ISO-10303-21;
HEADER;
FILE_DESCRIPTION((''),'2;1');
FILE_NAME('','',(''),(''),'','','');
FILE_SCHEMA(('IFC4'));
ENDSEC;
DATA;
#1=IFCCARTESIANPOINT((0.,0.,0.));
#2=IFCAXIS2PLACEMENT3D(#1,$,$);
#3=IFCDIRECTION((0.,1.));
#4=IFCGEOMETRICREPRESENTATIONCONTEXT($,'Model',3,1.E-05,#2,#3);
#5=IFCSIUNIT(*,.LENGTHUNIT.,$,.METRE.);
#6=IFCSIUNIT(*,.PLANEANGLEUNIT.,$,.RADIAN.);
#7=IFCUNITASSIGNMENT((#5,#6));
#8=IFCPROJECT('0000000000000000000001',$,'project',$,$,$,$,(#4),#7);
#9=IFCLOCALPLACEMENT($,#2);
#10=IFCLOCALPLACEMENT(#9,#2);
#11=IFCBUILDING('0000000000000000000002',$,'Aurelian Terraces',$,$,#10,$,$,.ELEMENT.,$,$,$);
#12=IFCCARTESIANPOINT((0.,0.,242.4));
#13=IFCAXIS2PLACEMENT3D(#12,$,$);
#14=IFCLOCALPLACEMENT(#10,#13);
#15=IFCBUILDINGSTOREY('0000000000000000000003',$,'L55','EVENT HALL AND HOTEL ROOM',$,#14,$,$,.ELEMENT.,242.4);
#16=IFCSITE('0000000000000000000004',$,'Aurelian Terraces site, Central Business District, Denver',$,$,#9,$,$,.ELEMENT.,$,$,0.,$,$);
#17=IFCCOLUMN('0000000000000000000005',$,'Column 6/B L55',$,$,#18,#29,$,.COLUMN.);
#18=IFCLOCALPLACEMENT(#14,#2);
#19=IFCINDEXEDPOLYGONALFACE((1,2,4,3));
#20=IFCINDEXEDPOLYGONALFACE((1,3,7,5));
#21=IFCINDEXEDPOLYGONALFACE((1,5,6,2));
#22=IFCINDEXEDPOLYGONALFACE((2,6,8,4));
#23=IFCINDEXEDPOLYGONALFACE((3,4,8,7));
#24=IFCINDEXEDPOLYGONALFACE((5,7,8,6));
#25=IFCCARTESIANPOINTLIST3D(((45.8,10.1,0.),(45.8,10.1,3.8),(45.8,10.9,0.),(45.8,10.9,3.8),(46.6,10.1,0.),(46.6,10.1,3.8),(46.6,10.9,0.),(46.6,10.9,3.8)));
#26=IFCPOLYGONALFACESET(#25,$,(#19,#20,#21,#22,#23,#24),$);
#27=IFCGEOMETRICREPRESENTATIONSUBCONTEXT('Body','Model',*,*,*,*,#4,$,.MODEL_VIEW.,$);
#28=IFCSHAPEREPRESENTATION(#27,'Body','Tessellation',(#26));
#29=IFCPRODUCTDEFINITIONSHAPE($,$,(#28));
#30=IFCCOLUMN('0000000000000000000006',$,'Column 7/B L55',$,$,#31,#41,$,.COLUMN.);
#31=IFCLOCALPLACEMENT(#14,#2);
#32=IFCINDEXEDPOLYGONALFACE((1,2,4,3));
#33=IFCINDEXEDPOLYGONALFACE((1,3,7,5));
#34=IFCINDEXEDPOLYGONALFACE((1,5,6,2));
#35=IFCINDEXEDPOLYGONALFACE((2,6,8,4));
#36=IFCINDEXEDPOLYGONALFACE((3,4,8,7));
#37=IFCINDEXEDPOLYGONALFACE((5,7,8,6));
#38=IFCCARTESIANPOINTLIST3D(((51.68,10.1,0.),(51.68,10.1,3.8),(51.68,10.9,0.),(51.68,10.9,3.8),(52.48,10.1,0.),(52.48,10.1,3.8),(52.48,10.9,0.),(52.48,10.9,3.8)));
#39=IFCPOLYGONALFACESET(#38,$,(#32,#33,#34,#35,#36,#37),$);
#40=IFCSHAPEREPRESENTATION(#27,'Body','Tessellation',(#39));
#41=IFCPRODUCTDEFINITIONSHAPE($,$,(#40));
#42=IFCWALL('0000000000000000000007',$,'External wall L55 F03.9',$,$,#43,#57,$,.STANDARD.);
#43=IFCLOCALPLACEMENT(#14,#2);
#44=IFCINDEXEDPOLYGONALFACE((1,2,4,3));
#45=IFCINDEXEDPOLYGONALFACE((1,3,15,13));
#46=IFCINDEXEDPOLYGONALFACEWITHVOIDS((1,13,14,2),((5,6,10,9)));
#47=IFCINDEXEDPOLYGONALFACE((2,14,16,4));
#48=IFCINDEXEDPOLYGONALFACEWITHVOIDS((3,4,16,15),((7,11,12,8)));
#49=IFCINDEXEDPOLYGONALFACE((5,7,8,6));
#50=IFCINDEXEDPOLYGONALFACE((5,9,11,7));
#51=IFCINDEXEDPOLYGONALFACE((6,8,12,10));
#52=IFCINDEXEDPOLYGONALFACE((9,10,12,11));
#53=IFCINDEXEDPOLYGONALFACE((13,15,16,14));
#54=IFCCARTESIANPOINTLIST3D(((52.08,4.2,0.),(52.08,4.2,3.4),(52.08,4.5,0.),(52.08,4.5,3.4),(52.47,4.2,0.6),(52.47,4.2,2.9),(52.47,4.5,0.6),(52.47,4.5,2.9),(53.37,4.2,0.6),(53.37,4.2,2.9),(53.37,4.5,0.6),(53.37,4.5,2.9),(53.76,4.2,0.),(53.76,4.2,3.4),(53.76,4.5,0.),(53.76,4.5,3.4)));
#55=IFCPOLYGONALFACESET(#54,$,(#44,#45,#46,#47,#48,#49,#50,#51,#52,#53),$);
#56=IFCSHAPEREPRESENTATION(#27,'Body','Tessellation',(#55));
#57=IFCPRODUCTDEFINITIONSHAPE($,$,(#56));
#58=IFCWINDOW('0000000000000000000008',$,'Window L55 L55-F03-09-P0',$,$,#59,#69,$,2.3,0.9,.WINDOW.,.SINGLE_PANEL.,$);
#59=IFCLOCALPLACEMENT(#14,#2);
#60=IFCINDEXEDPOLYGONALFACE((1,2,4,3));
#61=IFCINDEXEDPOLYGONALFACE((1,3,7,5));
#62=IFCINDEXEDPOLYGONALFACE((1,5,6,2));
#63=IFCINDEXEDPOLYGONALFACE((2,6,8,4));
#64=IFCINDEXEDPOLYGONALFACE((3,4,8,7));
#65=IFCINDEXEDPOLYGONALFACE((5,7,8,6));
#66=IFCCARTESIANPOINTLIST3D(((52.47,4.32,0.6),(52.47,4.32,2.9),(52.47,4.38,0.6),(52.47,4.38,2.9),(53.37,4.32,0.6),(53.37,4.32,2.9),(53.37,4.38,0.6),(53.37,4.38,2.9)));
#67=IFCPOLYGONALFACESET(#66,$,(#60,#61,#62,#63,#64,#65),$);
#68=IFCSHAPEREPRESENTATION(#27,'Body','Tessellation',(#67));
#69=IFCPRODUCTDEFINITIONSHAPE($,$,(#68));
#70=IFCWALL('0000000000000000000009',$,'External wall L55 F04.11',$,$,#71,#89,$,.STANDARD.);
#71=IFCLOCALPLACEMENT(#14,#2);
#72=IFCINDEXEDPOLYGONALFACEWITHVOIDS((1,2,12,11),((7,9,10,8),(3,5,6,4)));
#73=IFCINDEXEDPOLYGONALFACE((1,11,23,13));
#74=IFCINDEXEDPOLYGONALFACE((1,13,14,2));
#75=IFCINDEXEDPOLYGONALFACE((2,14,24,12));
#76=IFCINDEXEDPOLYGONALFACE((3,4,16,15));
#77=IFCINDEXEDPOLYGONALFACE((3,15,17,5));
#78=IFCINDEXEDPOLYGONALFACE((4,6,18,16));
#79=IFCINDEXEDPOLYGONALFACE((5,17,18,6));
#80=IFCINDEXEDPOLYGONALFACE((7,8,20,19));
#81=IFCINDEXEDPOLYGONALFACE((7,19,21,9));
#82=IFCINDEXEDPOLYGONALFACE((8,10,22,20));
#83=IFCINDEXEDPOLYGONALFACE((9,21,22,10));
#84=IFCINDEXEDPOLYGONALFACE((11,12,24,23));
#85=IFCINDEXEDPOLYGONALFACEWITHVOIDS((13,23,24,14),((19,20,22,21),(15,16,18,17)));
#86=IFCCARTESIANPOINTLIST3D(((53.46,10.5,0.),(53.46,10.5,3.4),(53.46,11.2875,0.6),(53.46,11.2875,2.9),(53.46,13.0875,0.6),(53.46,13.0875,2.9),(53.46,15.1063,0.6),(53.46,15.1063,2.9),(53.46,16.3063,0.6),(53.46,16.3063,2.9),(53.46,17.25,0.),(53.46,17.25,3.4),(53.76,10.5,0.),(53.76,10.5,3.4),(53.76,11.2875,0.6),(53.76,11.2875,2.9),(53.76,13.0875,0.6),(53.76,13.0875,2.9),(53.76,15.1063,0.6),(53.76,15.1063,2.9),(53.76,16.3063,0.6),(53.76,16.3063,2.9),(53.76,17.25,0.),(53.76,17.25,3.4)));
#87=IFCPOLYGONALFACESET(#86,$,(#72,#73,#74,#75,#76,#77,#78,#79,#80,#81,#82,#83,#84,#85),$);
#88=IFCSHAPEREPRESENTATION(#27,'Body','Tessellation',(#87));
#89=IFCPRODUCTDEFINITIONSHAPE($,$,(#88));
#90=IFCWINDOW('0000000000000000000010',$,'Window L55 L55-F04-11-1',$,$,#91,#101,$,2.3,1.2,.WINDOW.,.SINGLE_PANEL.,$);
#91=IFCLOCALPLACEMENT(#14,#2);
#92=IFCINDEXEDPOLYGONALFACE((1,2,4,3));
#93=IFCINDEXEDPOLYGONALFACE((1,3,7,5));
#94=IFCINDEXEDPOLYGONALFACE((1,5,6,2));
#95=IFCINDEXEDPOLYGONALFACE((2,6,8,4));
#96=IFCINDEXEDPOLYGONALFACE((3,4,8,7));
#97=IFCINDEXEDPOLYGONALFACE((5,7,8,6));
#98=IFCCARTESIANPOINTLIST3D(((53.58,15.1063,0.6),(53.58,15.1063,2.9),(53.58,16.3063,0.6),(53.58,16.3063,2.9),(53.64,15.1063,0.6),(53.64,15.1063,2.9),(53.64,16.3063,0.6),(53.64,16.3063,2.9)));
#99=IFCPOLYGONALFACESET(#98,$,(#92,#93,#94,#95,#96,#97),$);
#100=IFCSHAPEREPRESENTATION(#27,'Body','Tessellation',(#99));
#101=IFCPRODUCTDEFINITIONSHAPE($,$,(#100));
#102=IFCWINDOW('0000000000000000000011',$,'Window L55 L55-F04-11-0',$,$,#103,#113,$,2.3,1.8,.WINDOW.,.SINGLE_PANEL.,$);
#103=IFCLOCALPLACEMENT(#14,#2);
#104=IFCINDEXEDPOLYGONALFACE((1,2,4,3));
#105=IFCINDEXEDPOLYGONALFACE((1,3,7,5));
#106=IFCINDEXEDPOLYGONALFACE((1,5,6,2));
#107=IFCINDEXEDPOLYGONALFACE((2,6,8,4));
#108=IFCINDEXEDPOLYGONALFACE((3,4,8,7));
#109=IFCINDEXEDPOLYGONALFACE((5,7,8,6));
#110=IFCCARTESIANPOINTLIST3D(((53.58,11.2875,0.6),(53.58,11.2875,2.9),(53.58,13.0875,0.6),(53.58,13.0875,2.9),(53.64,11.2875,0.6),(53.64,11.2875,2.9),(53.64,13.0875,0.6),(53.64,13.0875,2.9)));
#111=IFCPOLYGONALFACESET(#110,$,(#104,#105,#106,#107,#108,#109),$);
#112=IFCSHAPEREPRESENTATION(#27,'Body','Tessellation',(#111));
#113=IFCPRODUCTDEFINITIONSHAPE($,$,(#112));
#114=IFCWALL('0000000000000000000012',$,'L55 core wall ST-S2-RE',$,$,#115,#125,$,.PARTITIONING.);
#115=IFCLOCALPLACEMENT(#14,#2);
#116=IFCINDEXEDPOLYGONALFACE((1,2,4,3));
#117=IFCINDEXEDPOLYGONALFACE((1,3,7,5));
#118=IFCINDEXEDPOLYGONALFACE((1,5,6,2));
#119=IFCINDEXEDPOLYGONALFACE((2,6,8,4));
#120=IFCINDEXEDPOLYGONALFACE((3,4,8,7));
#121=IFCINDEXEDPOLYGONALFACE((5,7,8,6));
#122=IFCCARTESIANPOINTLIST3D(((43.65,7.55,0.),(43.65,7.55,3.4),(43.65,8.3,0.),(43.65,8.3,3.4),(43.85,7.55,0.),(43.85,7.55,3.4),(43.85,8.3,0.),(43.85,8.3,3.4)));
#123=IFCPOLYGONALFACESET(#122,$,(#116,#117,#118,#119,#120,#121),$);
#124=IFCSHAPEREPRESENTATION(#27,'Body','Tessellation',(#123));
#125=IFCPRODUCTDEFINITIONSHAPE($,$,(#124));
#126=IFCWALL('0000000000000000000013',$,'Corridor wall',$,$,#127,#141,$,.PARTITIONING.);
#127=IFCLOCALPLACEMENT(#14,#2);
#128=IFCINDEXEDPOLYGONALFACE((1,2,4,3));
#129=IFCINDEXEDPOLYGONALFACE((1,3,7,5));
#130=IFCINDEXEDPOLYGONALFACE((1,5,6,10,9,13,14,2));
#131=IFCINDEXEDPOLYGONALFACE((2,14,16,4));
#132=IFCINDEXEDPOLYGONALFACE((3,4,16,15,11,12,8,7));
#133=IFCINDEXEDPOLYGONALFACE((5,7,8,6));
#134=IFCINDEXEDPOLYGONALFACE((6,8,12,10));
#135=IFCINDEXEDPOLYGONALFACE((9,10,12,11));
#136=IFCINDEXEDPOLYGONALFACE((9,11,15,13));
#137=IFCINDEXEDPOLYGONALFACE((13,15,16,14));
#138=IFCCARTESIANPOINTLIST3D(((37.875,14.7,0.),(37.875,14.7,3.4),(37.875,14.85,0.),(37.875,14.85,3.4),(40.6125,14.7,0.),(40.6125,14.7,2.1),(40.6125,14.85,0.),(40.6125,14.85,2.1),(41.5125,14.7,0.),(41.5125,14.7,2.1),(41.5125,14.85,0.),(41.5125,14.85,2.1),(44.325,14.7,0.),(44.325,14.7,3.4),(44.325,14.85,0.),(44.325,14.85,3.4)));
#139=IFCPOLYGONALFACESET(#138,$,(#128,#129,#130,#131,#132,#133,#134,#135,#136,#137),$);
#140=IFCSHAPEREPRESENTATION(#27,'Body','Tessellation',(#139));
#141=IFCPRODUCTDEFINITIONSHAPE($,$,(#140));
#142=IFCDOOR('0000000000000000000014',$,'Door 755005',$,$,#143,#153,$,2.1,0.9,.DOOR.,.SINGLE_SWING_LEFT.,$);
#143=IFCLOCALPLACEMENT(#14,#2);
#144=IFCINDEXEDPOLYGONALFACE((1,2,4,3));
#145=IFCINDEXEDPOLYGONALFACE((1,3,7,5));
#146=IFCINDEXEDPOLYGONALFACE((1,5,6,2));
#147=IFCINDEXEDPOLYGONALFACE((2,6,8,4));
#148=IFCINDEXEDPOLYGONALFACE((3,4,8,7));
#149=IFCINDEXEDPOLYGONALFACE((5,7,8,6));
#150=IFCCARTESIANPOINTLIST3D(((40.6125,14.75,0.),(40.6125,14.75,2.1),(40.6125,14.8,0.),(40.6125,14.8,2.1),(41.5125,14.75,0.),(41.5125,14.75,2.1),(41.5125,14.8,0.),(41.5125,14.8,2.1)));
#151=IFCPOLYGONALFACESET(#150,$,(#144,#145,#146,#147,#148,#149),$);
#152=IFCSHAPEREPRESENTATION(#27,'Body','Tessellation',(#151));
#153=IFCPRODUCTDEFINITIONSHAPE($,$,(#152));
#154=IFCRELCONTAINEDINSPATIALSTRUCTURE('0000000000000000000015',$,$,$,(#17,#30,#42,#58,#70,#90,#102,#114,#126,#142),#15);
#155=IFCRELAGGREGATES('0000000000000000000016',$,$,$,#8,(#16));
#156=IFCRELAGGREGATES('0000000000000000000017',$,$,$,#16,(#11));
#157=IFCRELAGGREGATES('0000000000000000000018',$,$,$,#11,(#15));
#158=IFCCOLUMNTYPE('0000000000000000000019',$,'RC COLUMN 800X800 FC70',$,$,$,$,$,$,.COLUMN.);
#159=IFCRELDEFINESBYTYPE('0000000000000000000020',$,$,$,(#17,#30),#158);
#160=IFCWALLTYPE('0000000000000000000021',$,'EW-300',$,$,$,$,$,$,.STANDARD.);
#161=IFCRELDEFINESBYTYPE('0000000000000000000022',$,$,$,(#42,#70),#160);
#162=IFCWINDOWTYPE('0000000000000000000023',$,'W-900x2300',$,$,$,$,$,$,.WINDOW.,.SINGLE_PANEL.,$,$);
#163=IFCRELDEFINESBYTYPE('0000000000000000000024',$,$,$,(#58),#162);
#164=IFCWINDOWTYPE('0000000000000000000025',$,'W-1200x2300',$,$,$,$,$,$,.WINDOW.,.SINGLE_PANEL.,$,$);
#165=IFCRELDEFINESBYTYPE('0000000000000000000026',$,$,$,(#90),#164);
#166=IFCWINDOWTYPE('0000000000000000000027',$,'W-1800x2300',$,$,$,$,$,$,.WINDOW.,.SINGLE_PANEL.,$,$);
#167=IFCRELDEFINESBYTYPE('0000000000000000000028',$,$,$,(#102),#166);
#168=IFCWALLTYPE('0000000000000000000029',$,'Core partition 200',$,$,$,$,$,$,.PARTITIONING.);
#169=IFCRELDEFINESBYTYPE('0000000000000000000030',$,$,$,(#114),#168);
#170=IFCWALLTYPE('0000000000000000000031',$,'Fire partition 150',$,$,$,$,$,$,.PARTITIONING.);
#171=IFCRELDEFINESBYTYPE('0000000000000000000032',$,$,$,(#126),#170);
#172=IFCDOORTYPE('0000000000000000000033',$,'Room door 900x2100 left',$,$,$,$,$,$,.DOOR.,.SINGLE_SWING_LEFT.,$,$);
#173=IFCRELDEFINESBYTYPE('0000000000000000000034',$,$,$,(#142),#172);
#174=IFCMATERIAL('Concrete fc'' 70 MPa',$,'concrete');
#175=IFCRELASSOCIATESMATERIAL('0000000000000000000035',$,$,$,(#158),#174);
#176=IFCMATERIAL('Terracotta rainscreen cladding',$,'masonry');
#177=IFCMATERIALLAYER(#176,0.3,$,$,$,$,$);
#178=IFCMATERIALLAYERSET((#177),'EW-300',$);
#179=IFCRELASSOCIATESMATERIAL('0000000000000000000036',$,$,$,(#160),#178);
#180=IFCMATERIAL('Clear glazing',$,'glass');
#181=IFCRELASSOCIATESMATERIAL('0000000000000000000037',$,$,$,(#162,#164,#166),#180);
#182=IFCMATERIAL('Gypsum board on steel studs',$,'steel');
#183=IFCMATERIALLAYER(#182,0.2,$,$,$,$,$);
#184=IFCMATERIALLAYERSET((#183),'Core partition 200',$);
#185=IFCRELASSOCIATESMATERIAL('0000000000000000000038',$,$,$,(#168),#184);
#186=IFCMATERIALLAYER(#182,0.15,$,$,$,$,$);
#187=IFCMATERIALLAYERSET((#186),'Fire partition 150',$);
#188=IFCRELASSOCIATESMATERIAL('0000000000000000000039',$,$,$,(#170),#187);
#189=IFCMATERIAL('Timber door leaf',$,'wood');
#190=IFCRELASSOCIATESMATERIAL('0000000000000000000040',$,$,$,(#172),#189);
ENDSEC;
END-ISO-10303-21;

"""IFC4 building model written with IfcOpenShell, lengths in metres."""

from ifc_helpers import new_model, si_unit, direction, frame, frame_2d, origin, origin_2d, place, context, subcontext, project, spatial, rectangle, extrude, source, transform, mapped, material, layer, layer_set, material_profile, profile_set, type_object, element, fill, save


model = new_model("IFC4")

# Units and contexts
model_context = context("Model", 3, precision=1e-05, world=origin(), true_north=direction((0.0, 1.0)))
body_context = subcontext(model_context, "Body", "Model", "MODEL_VIEW")
ifc_project = project(units=[si_unit("LENGTHUNIT", "METRE"), si_unit("PLANEANGLEUNIT", "RADIAN")], contexts=[model_context])

# Site, building, storey
site_placement = place(None, origin())
site = spatial("IfcSite", under=ifc_project, at=site_placement, Name="Aurelian Terraces site, Central Business District, Denver", CompositionType="ELEMENT", RefElevation=0.0)
building_placement = place(site_placement, origin())
building = spatial("IfcBuilding", under=site, at=building_placement, Name="Aurelian Terraces", CompositionType="ELEMENT")
storey_placement = place(building_placement, frame((0.0, 0.0, 242.4)))
storey = spatial("IfcBuildingStorey", under=building, at=storey_placement, Name="L55", Description="EVENT HALL AND HOTEL ROOM", CompositionType="ELEMENT", Elevation=242.4)

# Columns
ifc_material_1 = material(Name="Concrete fc' 70 MPa", Category="concrete")
ifc_material_profile = material_profile(ifc_material_1, rectangle(XDim=0.8, YDim=0.8, at=origin_2d()))
ifc_profile_set = profile_set([ifc_material_profile], Name="Concrete fc' 70 MPa")
column_type = type_object("IfcColumnType", Name="RC COLUMN 800X800 FC70", PredefinedType="COLUMN", material=ifc_profile_set)
shared_shape_1 = source(origin(), body_context, "Body", "SweptSolid", [
    extrude(rectangle(XDim=0.8, YDim=0.8, at=origin_2d()), origin(), (0.0, 0.0, 1.0), 3.8),
])
for number, where, z_axis, x_axis, name in (
    (1, (46.2, 10.5, 0.0), (0.0, 0.0, 1.0), (1.0, 0.0, 0.0), "Column 6/B L55"),
    (2, (52.08, 10.5, 0.0), (0.0, 0.0, 1.0), (1.0, 0.0, 0.0), "Column 7/B L55"),
):
    element("IfcColumn", number, at=place(storey_placement, frame(where, z_axis=z_axis, x_axis=x_axis)), inside=storey, type_object=column_type, Name=name, PredefinedType="COLUMN", context=body_context, shape_type="MappedRepresentation", body=[
        mapped(shared_shape_1, transform((0.0, 0.0, 0.0), scale=1.0)),
    ])

# Wall, opening, window
ifc_material_2 = material(Name="Terracotta rainscreen cladding", Category="masonry")
ifc_layer_1 = layer(ifc_material_2, 0.3)
ifc_layer_set_1 = layer_set([ifc_layer_1], Name="EW-300")
wall_type_1 = type_object("IfcWallType", Name="EW-300", PredefinedType="STANDARD", material=ifc_layer_set_1)
shared_shape_2 = source(origin(), body_context, "Body", "SweptSolid", [
    extrude(rectangle(XDim=1.68, YDim=0.3, at=frame_2d((0.84, 0.0))), origin(), (0.0, 0.0, 1.0), 3.4),
])
wall_1_placement = place(storey_placement, frame((52.08, 4.35, 0.0), z_axis=(0.0, 0.0, 1.0), x_axis=(1.0, 0.0, 0.0)))
wall_1 = element("IfcWall", 3, at=wall_1_placement, inside=storey, type_object=wall_type_1, Name="External wall L55 F03.9", PredefinedType="STANDARD", context=body_context, shape_type="MappedRepresentation", body=[
    mapped(shared_shape_2, transform((0.0, 0.0, 0.0), scale=1.0)),
])
shared_shape_3 = source(origin(), body_context, "Body", "SweptSolid", [
    extrude(rectangle(XDim=0.9, YDim=2.3, at=frame_2d((0.45, 1.15))), frame((0.0, 0.16, 0.0), z_axis=(0.0, -1.0, 0.0), x_axis=(1.0, 0.0, 0.0)), (0.0, 0.0, 1.0), 0.32),
])
opening_1_placement = place(wall_1_placement, frame((0.39, 0.0, 0.6)))
opening_1 = element("IfcOpeningElement", 4, at=opening_1_placement, cuts=wall_1, PredefinedType="OPENING", context=body_context, shape_type="MappedRepresentation", body=[
    mapped(shared_shape_3, transform((0.0, 0.0, 0.0), scale=1.0)),
])
ifc_material_3 = material(Name="Clear glazing", Category="glass")
window_type_1 = type_object("IfcWindowType", Name="W-900x2300", PartitioningType="SINGLE_PANEL", PredefinedType="WINDOW", material=ifc_material_3)
shared_shape_4 = source(origin(), body_context, "Body", "SweptSolid", [
    extrude(rectangle(XDim=0.9, YDim=2.3, at=frame_2d((0.45, 1.15))), frame((0.0, 0.03, 0.0), z_axis=(0.0, -1.0, 0.0), x_axis=(1.0, 0.0, 0.0)), (0.0, 0.0, 1.0), 0.06),
])
window_1_placement = place(opening_1_placement, origin())
window_1 = element("IfcWindow", 5, at=window_1_placement, inside=storey, type_object=window_type_1, Name="Window L55 L55-F03-09-P0", OverallHeight=2.3, OverallWidth=0.9, PartitioningType="SINGLE_PANEL", PredefinedType="WINDOW", context=body_context, shape_type="MappedRepresentation", body=[
    mapped(shared_shape_4, transform((0.0, 0.0, 0.0), scale=1.0)),
])
fill(opening_1, window_1)

# Wall, openings, windows
shared_shape_5 = source(origin(), body_context, "Body", "SweptSolid", [
    extrude(rectangle(XDim=6.75, YDim=0.3, at=frame_2d((3.375, 0.0))), origin(), (0.0, 0.0, 1.0), 3.4),
])
wall_2_placement = place(storey_placement, frame((53.61, 10.5, 0.0), z_axis=(0.0, 0.0, 1.0), x_axis=(0.0, 1.0, 0.0)))
wall_2 = element("IfcWall", 6, at=wall_2_placement, inside=storey, type_object=wall_type_1, Name="External wall L55 F04.11", PredefinedType="STANDARD", context=body_context, shape_type="MappedRepresentation", body=[
    mapped(shared_shape_5, transform((0.0, 0.0, 0.0), scale=1.0)),
])
shared_shape_6 = source(origin(), body_context, "Body", "SweptSolid", [
    extrude(rectangle(XDim=1.8, YDim=2.3, at=frame_2d((0.9, 1.15))), frame((0.0, 0.16, 0.0), z_axis=(0.0, -1.0, 0.0), x_axis=(1.0, 0.0, 0.0)), (0.0, 0.0, 1.0), 0.32),
])
opening_2_placement = place(wall_2_placement, frame((0.7875, 0.0, 0.6)))
opening_2 = element("IfcOpeningElement", 7, at=opening_2_placement, cuts=wall_2, PredefinedType="OPENING", context=body_context, shape_type="MappedRepresentation", body=[
    mapped(shared_shape_6, transform((0.0, 0.0, 0.0), scale=1.0)),
])
shared_shape_7 = source(origin(), body_context, "Body", "SweptSolid", [
    extrude(rectangle(XDim=1.2, YDim=2.3, at=frame_2d((0.6, 1.15))), frame((0.0, 0.16, 0.0), z_axis=(0.0, -1.0, 0.0), x_axis=(1.0, 0.0, 0.0)), (0.0, 0.0, 1.0), 0.32),
])
opening_3_placement = place(wall_2_placement, frame((4.6063, 0.0, 0.6)))
opening_3 = element("IfcOpeningElement", 8, at=opening_3_placement, cuts=wall_2, PredefinedType="OPENING", context=body_context, shape_type="MappedRepresentation", body=[
    mapped(shared_shape_7, transform((0.0, 0.0, 0.0), scale=1.0)),
])
window_type_2 = type_object("IfcWindowType", Name="W-1200x2300", PartitioningType="SINGLE_PANEL", PredefinedType="WINDOW", material=ifc_material_3)
shared_shape_8 = source(origin(), body_context, "Body", "SweptSolid", [
    extrude(rectangle(XDim=1.2, YDim=2.3, at=frame_2d((0.6, 1.15))), frame((0.0, 0.03, 0.0), z_axis=(0.0, -1.0, 0.0), x_axis=(1.0, 0.0, 0.0)), (0.0, 0.0, 1.0), 0.06),
])
window_2_placement = place(opening_3_placement, origin())
window_2 = element("IfcWindow", 9, at=window_2_placement, inside=storey, type_object=window_type_2, Name="Window L55 L55-F04-11-1", OverallHeight=2.3, OverallWidth=1.2, PartitioningType="SINGLE_PANEL", PredefinedType="WINDOW", context=body_context, shape_type="MappedRepresentation", body=[
    mapped(shared_shape_8, transform((0.0, 0.0, 0.0), scale=1.0)),
])
fill(opening_3, window_2)
window_type_3 = type_object("IfcWindowType", Name="W-1800x2300", PartitioningType="SINGLE_PANEL", PredefinedType="WINDOW", material=ifc_material_3)
shared_shape_9 = source(origin(), body_context, "Body", "SweptSolid", [
    extrude(rectangle(XDim=1.8, YDim=2.3, at=frame_2d((0.9, 1.15))), frame((0.0, 0.03, 0.0), z_axis=(0.0, -1.0, 0.0), x_axis=(1.0, 0.0, 0.0)), (0.0, 0.0, 1.0), 0.06),
])
window_3_placement = place(opening_2_placement, origin())
window_3 = element("IfcWindow", 10, at=window_3_placement, inside=storey, type_object=window_type_3, Name="Window L55 L55-F04-11-0", OverallHeight=2.3, OverallWidth=1.8, PartitioningType="SINGLE_PANEL", PredefinedType="WINDOW", context=body_context, shape_type="MappedRepresentation", body=[
    mapped(shared_shape_9, transform((0.0, 0.0, 0.0), scale=1.0)),
])
fill(opening_2, window_3)

# Wall
ifc_material_4 = material(Name="Gypsum board on steel studs", Category="steel")
ifc_layer_2 = layer(ifc_material_4, 0.2)
ifc_layer_set_2 = layer_set([ifc_layer_2], Name="Core partition 200")
wall_type_2 = type_object("IfcWallType", Name="Core partition 200", PredefinedType="PARTITIONING", material=ifc_layer_set_2)
shared_shape_10 = source(origin(), body_context, "Body", "SweptSolid", [
    extrude(rectangle(XDim=0.75, YDim=0.2, at=frame_2d((0.375, 0.0))), origin(), (0.0, 0.0, 1.0), 3.4),
])
wall_3_placement = place(storey_placement, frame((43.75, 7.55, 0.0), z_axis=(0.0, 0.0, 1.0), x_axis=(0.0, 1.0, 0.0)))
element("IfcWall", 11, at=wall_3_placement, inside=storey, type_object=wall_type_2, Name="L55 core wall ST-S2-RE", PredefinedType="PARTITIONING", context=body_context, shape_type="MappedRepresentation", body=[
    mapped(shared_shape_10, transform((0.0, 0.0, 0.0), scale=1.0)),
])

# Wall, opening, door
ifc_layer_3 = layer(ifc_material_4, 0.15)
ifc_layer_set_3 = layer_set([ifc_layer_3], Name="Fire partition 150")
wall_type_3 = type_object("IfcWallType", Name="Fire partition 150", PredefinedType="PARTITIONING", material=ifc_layer_set_3)
shared_shape_11 = source(origin(), body_context, "Body", "SweptSolid", [
    extrude(rectangle(XDim=6.45, YDim=0.15, at=frame_2d((3.225, 0.0))), origin(), (0.0, 0.0, 1.0), 3.4),
])
wall_4_placement = place(storey_placement, frame((44.325, 14.775, 0.0), z_axis=(0.0, 0.0, 1.0), x_axis=(-1.0, 0.0, 0.0)))
wall_4 = element("IfcWall", 12, at=wall_4_placement, inside=storey, type_object=wall_type_3, Name="Corridor wall", PredefinedType="PARTITIONING", context=body_context, shape_type="MappedRepresentation", body=[
    mapped(shared_shape_11, transform((0.0, 0.0, 0.0), scale=1.0)),
])
shared_shape_12 = source(origin(), body_context, "Body", "SweptSolid", [
    extrude(rectangle(XDim=0.9, YDim=2.1, at=frame_2d((0.45, 1.05))), frame((0.0, 0.085, 0.0), z_axis=(0.0, -1.0, 0.0), x_axis=(1.0, 0.0, 0.0)), (0.0, 0.0, 1.0), 0.17),
])
opening_4_placement = place(wall_4_placement, frame((2.8125, 0.0, 0.0)))
opening_4 = element("IfcOpeningElement", 13, at=opening_4_placement, cuts=wall_4, PredefinedType="OPENING", context=body_context, shape_type="MappedRepresentation", body=[
    mapped(shared_shape_12, transform((0.0, 0.0, 0.0), scale=1.0)),
])
ifc_material_5 = material(Name="Timber door leaf", Category="wood")
door_type_1 = type_object("IfcDoorType", Name="Room door 900x2100 left", OperationType="SINGLE_SWING_LEFT", PredefinedType="DOOR", material=ifc_material_5)
shared_shape_13 = source(origin(), body_context, "Body", "SweptSolid", [
    extrude(rectangle(XDim=0.9, YDim=2.1, at=frame_2d((0.45, 1.05))), frame((0.0, 0.025, 0.0), z_axis=(0.0, -1.0, 0.0), x_axis=(1.0, 0.0, 0.0)), (0.0, 0.0, 1.0), 0.05),
])
door_1_placement = place(opening_4_placement, origin())
door_1 = element("IfcDoor", 14, at=door_1_placement, inside=storey, type_object=door_type_1, Name="Door 755005", OperationType="SINGLE_SWING_LEFT", OverallHeight=2.1, OverallWidth=0.9, PredefinedType="DOOR", context=body_context, shape_type="MappedRepresentation", body=[
    mapped(shared_shape_13, transform((0.0, 0.0, 0.0), scale=1.0)),
])
fill(opening_4, door_1)

save(model, "model.ifc")
